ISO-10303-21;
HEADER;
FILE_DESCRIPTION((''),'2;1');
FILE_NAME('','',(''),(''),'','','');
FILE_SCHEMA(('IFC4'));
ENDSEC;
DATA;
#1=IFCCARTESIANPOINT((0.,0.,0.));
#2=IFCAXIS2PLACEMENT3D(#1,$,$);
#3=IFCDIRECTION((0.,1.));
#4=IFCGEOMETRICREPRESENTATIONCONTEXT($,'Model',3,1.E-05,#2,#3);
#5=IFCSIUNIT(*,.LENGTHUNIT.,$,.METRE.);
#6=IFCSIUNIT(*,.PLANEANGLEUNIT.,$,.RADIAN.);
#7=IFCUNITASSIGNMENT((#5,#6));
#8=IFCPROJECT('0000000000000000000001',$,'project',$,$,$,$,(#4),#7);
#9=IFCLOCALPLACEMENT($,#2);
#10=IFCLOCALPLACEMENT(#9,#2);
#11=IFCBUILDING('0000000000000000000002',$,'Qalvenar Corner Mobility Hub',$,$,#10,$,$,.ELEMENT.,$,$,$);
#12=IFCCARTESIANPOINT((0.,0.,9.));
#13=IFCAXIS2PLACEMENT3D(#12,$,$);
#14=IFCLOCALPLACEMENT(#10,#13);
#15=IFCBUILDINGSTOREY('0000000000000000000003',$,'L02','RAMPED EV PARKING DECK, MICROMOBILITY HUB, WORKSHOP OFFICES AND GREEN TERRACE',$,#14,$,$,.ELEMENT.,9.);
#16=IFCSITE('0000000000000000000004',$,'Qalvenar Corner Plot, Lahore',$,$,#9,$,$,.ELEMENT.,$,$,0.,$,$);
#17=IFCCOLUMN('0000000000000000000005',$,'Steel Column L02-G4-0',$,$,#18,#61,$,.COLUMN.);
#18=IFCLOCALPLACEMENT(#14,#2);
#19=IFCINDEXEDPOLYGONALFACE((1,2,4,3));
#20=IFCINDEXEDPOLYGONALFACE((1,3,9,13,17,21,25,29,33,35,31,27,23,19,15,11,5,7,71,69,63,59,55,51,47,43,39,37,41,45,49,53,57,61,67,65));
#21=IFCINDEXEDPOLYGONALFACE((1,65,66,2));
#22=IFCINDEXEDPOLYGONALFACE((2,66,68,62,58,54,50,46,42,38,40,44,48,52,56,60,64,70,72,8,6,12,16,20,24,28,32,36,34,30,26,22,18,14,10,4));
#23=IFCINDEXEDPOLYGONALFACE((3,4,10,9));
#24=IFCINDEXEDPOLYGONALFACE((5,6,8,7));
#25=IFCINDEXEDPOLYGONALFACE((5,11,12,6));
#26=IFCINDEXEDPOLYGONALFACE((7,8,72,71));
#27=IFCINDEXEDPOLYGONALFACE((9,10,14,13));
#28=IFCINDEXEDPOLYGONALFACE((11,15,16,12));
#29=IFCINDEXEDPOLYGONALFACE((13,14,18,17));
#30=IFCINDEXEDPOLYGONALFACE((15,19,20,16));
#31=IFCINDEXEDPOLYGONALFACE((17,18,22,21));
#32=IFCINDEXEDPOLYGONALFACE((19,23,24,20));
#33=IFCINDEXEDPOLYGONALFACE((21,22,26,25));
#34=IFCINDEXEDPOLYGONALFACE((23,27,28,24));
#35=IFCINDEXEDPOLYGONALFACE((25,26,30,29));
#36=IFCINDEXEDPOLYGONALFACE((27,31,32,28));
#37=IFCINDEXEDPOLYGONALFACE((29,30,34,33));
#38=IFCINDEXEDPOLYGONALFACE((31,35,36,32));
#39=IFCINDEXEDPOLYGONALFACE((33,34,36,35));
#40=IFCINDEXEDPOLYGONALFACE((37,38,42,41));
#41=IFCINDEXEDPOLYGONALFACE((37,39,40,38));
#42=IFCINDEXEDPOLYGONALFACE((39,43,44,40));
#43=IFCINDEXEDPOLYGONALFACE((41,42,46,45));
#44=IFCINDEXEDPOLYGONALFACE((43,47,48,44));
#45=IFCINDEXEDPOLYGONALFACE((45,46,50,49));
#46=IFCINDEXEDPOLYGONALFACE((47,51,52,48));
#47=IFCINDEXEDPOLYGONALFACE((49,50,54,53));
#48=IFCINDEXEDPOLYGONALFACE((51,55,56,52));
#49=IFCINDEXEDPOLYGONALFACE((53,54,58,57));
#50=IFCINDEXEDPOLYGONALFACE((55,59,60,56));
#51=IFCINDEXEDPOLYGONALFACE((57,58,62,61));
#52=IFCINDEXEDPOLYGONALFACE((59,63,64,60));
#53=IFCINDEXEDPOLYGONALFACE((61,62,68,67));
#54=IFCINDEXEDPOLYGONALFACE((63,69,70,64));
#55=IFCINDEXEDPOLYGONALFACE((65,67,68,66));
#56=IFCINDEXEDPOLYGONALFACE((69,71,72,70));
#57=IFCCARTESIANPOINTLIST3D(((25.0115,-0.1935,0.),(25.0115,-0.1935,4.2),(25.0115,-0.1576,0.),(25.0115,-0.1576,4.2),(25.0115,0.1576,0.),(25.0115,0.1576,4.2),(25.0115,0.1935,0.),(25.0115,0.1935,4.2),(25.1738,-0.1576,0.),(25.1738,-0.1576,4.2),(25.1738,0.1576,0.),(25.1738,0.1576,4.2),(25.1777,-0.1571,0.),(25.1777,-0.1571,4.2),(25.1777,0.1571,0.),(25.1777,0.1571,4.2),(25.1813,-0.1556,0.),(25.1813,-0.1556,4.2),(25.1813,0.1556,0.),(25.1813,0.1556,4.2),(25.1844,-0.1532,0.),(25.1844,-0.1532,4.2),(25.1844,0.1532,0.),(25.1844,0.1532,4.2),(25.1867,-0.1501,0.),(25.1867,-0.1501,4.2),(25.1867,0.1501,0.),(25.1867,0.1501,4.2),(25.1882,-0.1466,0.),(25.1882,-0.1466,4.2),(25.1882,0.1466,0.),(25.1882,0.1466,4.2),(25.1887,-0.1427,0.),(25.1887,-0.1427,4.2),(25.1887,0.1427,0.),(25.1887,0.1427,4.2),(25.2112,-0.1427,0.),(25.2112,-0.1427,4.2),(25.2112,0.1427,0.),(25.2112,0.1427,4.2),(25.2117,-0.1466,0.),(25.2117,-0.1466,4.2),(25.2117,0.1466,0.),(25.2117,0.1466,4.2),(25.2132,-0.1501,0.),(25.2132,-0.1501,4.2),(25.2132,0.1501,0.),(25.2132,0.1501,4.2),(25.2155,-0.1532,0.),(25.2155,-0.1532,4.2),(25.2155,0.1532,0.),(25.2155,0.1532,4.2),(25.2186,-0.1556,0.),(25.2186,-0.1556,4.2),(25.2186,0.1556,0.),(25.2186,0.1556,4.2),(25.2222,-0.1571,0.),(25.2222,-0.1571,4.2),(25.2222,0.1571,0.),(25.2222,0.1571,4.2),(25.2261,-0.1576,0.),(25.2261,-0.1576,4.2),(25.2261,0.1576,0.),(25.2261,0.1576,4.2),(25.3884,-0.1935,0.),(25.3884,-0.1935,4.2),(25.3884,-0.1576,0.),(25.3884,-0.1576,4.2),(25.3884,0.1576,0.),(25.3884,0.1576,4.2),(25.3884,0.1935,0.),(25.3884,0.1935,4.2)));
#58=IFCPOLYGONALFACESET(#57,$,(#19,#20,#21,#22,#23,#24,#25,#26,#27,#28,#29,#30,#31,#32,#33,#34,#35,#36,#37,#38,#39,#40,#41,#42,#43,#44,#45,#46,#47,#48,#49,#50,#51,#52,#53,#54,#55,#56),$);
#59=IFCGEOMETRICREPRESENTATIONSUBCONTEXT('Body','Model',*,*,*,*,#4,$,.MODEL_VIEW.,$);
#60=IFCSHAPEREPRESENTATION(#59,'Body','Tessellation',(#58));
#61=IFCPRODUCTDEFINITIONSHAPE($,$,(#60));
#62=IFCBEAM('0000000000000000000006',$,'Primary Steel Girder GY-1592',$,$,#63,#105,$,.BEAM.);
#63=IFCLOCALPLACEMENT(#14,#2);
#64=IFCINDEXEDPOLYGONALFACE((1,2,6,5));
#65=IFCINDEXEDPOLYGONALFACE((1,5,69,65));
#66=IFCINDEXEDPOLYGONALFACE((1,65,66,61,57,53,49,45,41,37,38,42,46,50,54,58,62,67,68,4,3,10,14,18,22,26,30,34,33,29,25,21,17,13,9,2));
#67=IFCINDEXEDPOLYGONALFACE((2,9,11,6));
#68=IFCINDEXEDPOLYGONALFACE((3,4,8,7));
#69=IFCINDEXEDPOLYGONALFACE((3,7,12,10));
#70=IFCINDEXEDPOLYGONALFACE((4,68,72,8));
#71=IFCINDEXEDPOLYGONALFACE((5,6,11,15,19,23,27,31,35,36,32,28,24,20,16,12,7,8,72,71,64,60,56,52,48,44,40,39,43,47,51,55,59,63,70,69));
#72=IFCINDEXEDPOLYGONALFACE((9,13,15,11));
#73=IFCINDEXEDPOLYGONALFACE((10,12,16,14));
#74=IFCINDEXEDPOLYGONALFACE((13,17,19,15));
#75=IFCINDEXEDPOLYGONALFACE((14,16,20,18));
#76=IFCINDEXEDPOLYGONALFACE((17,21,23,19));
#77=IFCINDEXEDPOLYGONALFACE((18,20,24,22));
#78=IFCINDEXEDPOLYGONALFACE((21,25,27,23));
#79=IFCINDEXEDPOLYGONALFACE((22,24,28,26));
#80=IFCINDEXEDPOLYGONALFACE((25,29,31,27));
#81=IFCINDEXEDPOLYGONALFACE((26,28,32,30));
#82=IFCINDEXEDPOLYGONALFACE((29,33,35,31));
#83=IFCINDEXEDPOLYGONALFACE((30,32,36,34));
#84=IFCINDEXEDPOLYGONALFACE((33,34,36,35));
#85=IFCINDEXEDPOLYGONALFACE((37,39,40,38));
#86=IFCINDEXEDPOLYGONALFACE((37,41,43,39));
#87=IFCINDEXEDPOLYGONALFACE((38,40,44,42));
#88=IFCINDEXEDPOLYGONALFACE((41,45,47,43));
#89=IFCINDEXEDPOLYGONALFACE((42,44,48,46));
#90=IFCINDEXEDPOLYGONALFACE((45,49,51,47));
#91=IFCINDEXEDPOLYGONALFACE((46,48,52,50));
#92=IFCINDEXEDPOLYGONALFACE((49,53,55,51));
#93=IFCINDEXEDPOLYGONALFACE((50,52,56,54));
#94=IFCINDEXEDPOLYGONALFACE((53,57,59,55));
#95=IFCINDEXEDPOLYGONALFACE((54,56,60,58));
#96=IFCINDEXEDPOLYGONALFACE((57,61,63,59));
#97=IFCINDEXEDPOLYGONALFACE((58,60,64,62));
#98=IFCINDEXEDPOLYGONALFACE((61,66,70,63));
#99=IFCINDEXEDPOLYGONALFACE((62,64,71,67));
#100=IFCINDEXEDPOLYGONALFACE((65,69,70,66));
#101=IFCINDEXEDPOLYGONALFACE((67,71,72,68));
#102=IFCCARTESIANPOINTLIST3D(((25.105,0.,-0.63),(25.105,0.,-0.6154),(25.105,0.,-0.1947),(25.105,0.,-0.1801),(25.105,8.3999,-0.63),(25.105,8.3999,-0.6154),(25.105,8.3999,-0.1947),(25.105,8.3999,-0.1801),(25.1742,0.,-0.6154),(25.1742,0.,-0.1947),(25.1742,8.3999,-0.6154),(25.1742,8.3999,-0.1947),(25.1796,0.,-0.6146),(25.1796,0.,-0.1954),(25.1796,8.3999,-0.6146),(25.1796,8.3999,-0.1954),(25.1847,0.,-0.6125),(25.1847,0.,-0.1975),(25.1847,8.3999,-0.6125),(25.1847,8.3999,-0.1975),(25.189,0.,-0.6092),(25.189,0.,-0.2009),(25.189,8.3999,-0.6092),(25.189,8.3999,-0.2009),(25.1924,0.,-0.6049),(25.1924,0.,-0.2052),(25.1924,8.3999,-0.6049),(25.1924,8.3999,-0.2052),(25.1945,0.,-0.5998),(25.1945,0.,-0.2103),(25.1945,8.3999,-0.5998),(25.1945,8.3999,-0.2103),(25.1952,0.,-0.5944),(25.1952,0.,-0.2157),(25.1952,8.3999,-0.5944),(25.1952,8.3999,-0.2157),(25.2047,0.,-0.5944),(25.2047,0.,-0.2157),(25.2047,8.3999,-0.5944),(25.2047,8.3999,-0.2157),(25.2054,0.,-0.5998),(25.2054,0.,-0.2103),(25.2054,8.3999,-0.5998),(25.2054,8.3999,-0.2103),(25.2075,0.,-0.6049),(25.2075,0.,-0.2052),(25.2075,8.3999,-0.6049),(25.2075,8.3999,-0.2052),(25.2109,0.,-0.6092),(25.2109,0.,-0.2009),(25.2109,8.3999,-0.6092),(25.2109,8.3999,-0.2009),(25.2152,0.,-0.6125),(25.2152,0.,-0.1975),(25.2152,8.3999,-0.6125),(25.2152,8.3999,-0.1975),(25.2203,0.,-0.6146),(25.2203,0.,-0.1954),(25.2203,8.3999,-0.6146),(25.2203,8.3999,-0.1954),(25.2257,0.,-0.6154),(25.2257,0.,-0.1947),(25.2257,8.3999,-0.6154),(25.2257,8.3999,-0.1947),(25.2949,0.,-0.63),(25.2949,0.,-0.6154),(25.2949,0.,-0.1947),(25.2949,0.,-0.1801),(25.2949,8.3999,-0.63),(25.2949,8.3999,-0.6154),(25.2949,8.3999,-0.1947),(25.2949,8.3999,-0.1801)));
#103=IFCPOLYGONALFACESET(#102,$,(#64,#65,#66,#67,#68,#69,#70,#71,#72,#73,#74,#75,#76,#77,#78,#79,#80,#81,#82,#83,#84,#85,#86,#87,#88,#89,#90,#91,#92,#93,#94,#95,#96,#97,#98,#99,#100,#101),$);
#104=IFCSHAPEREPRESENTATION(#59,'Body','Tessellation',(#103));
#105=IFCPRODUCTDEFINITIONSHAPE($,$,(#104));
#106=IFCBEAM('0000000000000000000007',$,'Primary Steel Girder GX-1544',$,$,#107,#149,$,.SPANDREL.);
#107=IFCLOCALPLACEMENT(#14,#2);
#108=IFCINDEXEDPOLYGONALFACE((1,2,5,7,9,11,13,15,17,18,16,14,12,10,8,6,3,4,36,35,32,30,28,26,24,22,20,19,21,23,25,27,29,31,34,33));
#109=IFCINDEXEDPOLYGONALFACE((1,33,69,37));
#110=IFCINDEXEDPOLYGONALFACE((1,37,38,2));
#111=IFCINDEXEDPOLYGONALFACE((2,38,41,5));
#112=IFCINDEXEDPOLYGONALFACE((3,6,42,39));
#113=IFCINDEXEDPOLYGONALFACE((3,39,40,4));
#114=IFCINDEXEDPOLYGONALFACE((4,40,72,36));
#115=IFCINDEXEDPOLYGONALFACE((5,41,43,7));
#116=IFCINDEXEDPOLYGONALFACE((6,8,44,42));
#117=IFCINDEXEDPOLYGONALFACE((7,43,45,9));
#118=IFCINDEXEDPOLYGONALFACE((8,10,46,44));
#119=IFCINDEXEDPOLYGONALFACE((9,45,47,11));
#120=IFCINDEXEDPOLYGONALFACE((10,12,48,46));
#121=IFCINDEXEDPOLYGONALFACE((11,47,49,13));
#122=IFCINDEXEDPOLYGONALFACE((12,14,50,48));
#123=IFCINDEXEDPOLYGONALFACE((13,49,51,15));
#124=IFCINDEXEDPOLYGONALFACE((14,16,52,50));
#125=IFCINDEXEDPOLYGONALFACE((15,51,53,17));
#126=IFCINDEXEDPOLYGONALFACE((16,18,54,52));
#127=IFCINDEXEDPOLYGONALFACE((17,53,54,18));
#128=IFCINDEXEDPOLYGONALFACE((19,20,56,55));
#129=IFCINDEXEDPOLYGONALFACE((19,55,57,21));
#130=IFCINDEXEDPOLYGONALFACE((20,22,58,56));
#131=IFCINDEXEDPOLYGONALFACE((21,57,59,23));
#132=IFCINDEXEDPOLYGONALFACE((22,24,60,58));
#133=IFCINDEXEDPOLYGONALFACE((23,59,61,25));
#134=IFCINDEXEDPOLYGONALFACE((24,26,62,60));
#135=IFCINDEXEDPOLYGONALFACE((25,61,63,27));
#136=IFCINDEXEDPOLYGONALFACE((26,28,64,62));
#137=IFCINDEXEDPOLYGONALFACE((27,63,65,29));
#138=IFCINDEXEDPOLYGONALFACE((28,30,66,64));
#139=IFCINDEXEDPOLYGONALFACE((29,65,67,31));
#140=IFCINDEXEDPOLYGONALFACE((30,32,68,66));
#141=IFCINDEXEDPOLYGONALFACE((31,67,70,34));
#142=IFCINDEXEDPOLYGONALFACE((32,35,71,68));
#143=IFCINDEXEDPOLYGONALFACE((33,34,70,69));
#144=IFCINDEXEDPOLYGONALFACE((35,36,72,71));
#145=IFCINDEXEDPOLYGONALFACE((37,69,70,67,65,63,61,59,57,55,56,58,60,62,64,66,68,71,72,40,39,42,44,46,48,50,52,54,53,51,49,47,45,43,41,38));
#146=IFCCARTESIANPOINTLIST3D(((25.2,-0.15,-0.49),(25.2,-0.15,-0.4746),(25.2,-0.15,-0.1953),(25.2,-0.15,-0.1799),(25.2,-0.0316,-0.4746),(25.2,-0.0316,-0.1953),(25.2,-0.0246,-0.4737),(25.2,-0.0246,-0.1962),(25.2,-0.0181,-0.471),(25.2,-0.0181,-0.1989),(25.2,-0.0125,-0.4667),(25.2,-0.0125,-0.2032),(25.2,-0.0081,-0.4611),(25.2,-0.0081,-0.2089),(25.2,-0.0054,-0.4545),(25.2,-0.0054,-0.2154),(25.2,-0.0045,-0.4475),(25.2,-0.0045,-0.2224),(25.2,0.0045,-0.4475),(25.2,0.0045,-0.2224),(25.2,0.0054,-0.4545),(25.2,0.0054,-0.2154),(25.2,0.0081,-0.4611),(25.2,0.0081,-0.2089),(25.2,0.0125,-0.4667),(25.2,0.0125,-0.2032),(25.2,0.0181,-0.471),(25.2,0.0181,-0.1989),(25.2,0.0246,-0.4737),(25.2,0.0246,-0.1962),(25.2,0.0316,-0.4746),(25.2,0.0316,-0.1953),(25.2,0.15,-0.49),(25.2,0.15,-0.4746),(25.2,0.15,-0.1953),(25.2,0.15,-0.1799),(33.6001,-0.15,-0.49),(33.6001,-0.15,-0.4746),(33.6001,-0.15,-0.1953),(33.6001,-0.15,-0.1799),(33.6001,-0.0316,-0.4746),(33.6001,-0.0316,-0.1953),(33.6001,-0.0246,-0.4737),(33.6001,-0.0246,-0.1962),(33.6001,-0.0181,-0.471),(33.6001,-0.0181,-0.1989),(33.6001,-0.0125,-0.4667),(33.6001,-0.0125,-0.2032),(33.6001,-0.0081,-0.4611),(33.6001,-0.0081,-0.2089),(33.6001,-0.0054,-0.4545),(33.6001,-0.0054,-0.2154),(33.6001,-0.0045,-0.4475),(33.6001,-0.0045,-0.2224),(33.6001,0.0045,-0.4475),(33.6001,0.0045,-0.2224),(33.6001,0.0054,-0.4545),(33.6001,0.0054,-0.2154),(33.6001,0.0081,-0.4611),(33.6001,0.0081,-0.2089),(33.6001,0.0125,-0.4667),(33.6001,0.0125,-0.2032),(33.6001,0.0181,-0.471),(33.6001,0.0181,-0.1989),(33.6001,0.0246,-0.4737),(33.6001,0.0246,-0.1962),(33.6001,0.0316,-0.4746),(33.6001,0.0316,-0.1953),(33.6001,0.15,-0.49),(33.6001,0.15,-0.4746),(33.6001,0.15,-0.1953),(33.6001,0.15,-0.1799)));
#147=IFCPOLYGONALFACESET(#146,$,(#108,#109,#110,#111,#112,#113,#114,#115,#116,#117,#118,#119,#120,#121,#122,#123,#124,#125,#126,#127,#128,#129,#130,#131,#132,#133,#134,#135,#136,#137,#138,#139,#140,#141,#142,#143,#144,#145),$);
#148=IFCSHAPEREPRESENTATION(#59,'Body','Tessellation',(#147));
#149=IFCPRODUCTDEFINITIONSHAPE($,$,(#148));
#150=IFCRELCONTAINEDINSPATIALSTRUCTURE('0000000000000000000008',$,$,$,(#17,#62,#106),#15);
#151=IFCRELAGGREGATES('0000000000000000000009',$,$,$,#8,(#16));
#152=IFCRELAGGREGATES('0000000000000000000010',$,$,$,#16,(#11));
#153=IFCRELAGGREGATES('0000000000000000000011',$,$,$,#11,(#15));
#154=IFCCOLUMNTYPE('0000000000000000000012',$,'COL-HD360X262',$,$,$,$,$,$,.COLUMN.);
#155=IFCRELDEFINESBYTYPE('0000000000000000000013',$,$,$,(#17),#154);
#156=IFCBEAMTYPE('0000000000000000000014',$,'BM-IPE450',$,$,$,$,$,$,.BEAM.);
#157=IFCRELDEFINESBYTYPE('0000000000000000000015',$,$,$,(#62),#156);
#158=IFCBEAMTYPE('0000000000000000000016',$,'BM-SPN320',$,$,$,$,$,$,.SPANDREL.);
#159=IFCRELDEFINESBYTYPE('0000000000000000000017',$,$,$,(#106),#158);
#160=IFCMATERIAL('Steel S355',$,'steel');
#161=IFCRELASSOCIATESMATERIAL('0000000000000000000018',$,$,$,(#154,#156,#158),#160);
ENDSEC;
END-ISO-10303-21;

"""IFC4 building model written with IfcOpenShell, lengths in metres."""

from ifc_helpers import new_model, si_unit, direction, frame, origin, origin_2d, place, context, subcontext, project, spatial, i_section, extrude, material, material_profile, profile_set, type_object, element, save


model = new_model("IFC4")

# Units and contexts
model_context = context("Model", 3, precision=1e-05, world=origin(), true_north=direction((0.0, 1.0)))
body_context = subcontext(model_context, "Body", "Model", "MODEL_VIEW")
ifc_project = project(units=[si_unit("LENGTHUNIT", "METRE"), si_unit("PLANEANGLEUNIT", "RADIAN")], contexts=[model_context])

# Site, building, storey
site_placement = place(None, origin())
site = spatial("IfcSite", under=ifc_project, at=site_placement, Name="Qalvenar Corner Plot, Lahore", CompositionType="ELEMENT", RefElevation=0.0)
building_placement = place(site_placement, origin())
building = spatial("IfcBuilding", under=site, at=building_placement, Name="Qalvenar Corner Mobility Hub", CompositionType="ELEMENT")
storey_placement = place(building_placement, frame((0.0, 0.0, 9.0)))
storey = spatial("IfcBuildingStorey", under=building, at=storey_placement, Name="L02", Description="RAMPED EV PARKING DECK, MICROMOBILITY HUB, WORKSHOP OFFICES AND GREEN TERRACE", CompositionType="ELEMENT", Elevation=9.0)

# Column
ifc_material_1 = material(Name="Steel S355", Category="steel")
ifc_material_profile_1 = material_profile(ifc_material_1, i_section(OverallWidth=0.377, OverallDepth=0.387, WebThickness=0.0225, FlangeThickness=0.0359, FilletRadius=0.0149, at=origin_2d()), Name="HD360x262")
ifc_profile_set_1 = profile_set([ifc_material_profile_1], Name="Steel S355")
column_type = type_object("IfcColumnType", Name="COL-HD360X262", PredefinedType="COLUMN", material=ifc_profile_set_1)
column_placement = place(storey_placement, frame((25.2, 0.0, 0.0), z_axis=(0.0, 0.0, 1.0), x_axis=(1.0, 0.0, 0.0)))
element("IfcColumn", 1, at=column_placement, inside=storey, type_object=column_type, Name="Steel Column L02-G4-0", PredefinedType="COLUMN", context=body_context, shape_type="SweptSolid", body=[
    extrude(i_section(OverallWidth=0.377, OverallDepth=0.387, WebThickness=0.0225, FlangeThickness=0.0359, FilletRadius=0.0149, at=origin_2d()), origin(), (0.0, 0.0, 1.0), 4.2),
])

# Beams
ifc_material_profile_2 = material_profile(ifc_material_1, i_section(OverallWidth=0.1899, OverallDepth=0.45, WebThickness=0.0095, FlangeThickness=0.0146, FilletRadius=0.021, at=origin_2d()), Name="IPE450")
ifc_profile_set_2 = profile_set([ifc_material_profile_2], Name="Steel S355")
beam_type_1 = type_object("IfcBeamType", Name="BM-IPE450", PredefinedType="BEAM", material=ifc_profile_set_2)
beam_1_placement = place(storey_placement, frame((25.2, 0.0, -0.405), z_axis=(0.0, 1.0, 0.0), x_axis=(-1.0, 0.0, 0.0)))
element("IfcBeam", 2, at=beam_1_placement, inside=storey, type_object=beam_type_1, Name="Primary Steel Girder GY-1592", PredefinedType="BEAM", context=body_context, shape_type="SweptSolid", body=[
    extrude(i_section(OverallWidth=0.1899, OverallDepth=0.45, WebThickness=0.0095, FlangeThickness=0.0146, FilletRadius=0.021, at=origin_2d()), origin(), (0.0, 0.0, 1.0), 8.3999),
])
ifc_material_profile_3 = material_profile(ifc_material_1, i_section(OverallWidth=0.3, OverallDepth=0.3101, WebThickness=0.009, FlangeThickness=0.0154, FilletRadius=0.0271, at=origin_2d()), Name="HEA320")
ifc_profile_set_3 = profile_set([ifc_material_profile_3], Name="Steel S355")
beam_type_2 = type_object("IfcBeamType", Name="BM-SPN320", PredefinedType="SPANDREL", material=ifc_profile_set_3)
beam_2_placement = place(storey_placement, frame((25.2, 0.0, -0.335), z_axis=(1.0, 0.0, 0.0), x_axis=(0.0, 1.0, 0.0)))
element("IfcBeam", 3, at=beam_2_placement, inside=storey, type_object=beam_type_2, Name="Primary Steel Girder GX-1544", PredefinedType="SPANDREL", context=body_context, shape_type="SweptSolid", body=[
    extrude(i_section(OverallWidth=0.3, OverallDepth=0.3101, WebThickness=0.009, FlangeThickness=0.0154, FilletRadius=0.0271, at=origin_2d()), origin(), (0.0, 0.0, 1.0), 8.4001),
])

save(model, "model.ifc")
